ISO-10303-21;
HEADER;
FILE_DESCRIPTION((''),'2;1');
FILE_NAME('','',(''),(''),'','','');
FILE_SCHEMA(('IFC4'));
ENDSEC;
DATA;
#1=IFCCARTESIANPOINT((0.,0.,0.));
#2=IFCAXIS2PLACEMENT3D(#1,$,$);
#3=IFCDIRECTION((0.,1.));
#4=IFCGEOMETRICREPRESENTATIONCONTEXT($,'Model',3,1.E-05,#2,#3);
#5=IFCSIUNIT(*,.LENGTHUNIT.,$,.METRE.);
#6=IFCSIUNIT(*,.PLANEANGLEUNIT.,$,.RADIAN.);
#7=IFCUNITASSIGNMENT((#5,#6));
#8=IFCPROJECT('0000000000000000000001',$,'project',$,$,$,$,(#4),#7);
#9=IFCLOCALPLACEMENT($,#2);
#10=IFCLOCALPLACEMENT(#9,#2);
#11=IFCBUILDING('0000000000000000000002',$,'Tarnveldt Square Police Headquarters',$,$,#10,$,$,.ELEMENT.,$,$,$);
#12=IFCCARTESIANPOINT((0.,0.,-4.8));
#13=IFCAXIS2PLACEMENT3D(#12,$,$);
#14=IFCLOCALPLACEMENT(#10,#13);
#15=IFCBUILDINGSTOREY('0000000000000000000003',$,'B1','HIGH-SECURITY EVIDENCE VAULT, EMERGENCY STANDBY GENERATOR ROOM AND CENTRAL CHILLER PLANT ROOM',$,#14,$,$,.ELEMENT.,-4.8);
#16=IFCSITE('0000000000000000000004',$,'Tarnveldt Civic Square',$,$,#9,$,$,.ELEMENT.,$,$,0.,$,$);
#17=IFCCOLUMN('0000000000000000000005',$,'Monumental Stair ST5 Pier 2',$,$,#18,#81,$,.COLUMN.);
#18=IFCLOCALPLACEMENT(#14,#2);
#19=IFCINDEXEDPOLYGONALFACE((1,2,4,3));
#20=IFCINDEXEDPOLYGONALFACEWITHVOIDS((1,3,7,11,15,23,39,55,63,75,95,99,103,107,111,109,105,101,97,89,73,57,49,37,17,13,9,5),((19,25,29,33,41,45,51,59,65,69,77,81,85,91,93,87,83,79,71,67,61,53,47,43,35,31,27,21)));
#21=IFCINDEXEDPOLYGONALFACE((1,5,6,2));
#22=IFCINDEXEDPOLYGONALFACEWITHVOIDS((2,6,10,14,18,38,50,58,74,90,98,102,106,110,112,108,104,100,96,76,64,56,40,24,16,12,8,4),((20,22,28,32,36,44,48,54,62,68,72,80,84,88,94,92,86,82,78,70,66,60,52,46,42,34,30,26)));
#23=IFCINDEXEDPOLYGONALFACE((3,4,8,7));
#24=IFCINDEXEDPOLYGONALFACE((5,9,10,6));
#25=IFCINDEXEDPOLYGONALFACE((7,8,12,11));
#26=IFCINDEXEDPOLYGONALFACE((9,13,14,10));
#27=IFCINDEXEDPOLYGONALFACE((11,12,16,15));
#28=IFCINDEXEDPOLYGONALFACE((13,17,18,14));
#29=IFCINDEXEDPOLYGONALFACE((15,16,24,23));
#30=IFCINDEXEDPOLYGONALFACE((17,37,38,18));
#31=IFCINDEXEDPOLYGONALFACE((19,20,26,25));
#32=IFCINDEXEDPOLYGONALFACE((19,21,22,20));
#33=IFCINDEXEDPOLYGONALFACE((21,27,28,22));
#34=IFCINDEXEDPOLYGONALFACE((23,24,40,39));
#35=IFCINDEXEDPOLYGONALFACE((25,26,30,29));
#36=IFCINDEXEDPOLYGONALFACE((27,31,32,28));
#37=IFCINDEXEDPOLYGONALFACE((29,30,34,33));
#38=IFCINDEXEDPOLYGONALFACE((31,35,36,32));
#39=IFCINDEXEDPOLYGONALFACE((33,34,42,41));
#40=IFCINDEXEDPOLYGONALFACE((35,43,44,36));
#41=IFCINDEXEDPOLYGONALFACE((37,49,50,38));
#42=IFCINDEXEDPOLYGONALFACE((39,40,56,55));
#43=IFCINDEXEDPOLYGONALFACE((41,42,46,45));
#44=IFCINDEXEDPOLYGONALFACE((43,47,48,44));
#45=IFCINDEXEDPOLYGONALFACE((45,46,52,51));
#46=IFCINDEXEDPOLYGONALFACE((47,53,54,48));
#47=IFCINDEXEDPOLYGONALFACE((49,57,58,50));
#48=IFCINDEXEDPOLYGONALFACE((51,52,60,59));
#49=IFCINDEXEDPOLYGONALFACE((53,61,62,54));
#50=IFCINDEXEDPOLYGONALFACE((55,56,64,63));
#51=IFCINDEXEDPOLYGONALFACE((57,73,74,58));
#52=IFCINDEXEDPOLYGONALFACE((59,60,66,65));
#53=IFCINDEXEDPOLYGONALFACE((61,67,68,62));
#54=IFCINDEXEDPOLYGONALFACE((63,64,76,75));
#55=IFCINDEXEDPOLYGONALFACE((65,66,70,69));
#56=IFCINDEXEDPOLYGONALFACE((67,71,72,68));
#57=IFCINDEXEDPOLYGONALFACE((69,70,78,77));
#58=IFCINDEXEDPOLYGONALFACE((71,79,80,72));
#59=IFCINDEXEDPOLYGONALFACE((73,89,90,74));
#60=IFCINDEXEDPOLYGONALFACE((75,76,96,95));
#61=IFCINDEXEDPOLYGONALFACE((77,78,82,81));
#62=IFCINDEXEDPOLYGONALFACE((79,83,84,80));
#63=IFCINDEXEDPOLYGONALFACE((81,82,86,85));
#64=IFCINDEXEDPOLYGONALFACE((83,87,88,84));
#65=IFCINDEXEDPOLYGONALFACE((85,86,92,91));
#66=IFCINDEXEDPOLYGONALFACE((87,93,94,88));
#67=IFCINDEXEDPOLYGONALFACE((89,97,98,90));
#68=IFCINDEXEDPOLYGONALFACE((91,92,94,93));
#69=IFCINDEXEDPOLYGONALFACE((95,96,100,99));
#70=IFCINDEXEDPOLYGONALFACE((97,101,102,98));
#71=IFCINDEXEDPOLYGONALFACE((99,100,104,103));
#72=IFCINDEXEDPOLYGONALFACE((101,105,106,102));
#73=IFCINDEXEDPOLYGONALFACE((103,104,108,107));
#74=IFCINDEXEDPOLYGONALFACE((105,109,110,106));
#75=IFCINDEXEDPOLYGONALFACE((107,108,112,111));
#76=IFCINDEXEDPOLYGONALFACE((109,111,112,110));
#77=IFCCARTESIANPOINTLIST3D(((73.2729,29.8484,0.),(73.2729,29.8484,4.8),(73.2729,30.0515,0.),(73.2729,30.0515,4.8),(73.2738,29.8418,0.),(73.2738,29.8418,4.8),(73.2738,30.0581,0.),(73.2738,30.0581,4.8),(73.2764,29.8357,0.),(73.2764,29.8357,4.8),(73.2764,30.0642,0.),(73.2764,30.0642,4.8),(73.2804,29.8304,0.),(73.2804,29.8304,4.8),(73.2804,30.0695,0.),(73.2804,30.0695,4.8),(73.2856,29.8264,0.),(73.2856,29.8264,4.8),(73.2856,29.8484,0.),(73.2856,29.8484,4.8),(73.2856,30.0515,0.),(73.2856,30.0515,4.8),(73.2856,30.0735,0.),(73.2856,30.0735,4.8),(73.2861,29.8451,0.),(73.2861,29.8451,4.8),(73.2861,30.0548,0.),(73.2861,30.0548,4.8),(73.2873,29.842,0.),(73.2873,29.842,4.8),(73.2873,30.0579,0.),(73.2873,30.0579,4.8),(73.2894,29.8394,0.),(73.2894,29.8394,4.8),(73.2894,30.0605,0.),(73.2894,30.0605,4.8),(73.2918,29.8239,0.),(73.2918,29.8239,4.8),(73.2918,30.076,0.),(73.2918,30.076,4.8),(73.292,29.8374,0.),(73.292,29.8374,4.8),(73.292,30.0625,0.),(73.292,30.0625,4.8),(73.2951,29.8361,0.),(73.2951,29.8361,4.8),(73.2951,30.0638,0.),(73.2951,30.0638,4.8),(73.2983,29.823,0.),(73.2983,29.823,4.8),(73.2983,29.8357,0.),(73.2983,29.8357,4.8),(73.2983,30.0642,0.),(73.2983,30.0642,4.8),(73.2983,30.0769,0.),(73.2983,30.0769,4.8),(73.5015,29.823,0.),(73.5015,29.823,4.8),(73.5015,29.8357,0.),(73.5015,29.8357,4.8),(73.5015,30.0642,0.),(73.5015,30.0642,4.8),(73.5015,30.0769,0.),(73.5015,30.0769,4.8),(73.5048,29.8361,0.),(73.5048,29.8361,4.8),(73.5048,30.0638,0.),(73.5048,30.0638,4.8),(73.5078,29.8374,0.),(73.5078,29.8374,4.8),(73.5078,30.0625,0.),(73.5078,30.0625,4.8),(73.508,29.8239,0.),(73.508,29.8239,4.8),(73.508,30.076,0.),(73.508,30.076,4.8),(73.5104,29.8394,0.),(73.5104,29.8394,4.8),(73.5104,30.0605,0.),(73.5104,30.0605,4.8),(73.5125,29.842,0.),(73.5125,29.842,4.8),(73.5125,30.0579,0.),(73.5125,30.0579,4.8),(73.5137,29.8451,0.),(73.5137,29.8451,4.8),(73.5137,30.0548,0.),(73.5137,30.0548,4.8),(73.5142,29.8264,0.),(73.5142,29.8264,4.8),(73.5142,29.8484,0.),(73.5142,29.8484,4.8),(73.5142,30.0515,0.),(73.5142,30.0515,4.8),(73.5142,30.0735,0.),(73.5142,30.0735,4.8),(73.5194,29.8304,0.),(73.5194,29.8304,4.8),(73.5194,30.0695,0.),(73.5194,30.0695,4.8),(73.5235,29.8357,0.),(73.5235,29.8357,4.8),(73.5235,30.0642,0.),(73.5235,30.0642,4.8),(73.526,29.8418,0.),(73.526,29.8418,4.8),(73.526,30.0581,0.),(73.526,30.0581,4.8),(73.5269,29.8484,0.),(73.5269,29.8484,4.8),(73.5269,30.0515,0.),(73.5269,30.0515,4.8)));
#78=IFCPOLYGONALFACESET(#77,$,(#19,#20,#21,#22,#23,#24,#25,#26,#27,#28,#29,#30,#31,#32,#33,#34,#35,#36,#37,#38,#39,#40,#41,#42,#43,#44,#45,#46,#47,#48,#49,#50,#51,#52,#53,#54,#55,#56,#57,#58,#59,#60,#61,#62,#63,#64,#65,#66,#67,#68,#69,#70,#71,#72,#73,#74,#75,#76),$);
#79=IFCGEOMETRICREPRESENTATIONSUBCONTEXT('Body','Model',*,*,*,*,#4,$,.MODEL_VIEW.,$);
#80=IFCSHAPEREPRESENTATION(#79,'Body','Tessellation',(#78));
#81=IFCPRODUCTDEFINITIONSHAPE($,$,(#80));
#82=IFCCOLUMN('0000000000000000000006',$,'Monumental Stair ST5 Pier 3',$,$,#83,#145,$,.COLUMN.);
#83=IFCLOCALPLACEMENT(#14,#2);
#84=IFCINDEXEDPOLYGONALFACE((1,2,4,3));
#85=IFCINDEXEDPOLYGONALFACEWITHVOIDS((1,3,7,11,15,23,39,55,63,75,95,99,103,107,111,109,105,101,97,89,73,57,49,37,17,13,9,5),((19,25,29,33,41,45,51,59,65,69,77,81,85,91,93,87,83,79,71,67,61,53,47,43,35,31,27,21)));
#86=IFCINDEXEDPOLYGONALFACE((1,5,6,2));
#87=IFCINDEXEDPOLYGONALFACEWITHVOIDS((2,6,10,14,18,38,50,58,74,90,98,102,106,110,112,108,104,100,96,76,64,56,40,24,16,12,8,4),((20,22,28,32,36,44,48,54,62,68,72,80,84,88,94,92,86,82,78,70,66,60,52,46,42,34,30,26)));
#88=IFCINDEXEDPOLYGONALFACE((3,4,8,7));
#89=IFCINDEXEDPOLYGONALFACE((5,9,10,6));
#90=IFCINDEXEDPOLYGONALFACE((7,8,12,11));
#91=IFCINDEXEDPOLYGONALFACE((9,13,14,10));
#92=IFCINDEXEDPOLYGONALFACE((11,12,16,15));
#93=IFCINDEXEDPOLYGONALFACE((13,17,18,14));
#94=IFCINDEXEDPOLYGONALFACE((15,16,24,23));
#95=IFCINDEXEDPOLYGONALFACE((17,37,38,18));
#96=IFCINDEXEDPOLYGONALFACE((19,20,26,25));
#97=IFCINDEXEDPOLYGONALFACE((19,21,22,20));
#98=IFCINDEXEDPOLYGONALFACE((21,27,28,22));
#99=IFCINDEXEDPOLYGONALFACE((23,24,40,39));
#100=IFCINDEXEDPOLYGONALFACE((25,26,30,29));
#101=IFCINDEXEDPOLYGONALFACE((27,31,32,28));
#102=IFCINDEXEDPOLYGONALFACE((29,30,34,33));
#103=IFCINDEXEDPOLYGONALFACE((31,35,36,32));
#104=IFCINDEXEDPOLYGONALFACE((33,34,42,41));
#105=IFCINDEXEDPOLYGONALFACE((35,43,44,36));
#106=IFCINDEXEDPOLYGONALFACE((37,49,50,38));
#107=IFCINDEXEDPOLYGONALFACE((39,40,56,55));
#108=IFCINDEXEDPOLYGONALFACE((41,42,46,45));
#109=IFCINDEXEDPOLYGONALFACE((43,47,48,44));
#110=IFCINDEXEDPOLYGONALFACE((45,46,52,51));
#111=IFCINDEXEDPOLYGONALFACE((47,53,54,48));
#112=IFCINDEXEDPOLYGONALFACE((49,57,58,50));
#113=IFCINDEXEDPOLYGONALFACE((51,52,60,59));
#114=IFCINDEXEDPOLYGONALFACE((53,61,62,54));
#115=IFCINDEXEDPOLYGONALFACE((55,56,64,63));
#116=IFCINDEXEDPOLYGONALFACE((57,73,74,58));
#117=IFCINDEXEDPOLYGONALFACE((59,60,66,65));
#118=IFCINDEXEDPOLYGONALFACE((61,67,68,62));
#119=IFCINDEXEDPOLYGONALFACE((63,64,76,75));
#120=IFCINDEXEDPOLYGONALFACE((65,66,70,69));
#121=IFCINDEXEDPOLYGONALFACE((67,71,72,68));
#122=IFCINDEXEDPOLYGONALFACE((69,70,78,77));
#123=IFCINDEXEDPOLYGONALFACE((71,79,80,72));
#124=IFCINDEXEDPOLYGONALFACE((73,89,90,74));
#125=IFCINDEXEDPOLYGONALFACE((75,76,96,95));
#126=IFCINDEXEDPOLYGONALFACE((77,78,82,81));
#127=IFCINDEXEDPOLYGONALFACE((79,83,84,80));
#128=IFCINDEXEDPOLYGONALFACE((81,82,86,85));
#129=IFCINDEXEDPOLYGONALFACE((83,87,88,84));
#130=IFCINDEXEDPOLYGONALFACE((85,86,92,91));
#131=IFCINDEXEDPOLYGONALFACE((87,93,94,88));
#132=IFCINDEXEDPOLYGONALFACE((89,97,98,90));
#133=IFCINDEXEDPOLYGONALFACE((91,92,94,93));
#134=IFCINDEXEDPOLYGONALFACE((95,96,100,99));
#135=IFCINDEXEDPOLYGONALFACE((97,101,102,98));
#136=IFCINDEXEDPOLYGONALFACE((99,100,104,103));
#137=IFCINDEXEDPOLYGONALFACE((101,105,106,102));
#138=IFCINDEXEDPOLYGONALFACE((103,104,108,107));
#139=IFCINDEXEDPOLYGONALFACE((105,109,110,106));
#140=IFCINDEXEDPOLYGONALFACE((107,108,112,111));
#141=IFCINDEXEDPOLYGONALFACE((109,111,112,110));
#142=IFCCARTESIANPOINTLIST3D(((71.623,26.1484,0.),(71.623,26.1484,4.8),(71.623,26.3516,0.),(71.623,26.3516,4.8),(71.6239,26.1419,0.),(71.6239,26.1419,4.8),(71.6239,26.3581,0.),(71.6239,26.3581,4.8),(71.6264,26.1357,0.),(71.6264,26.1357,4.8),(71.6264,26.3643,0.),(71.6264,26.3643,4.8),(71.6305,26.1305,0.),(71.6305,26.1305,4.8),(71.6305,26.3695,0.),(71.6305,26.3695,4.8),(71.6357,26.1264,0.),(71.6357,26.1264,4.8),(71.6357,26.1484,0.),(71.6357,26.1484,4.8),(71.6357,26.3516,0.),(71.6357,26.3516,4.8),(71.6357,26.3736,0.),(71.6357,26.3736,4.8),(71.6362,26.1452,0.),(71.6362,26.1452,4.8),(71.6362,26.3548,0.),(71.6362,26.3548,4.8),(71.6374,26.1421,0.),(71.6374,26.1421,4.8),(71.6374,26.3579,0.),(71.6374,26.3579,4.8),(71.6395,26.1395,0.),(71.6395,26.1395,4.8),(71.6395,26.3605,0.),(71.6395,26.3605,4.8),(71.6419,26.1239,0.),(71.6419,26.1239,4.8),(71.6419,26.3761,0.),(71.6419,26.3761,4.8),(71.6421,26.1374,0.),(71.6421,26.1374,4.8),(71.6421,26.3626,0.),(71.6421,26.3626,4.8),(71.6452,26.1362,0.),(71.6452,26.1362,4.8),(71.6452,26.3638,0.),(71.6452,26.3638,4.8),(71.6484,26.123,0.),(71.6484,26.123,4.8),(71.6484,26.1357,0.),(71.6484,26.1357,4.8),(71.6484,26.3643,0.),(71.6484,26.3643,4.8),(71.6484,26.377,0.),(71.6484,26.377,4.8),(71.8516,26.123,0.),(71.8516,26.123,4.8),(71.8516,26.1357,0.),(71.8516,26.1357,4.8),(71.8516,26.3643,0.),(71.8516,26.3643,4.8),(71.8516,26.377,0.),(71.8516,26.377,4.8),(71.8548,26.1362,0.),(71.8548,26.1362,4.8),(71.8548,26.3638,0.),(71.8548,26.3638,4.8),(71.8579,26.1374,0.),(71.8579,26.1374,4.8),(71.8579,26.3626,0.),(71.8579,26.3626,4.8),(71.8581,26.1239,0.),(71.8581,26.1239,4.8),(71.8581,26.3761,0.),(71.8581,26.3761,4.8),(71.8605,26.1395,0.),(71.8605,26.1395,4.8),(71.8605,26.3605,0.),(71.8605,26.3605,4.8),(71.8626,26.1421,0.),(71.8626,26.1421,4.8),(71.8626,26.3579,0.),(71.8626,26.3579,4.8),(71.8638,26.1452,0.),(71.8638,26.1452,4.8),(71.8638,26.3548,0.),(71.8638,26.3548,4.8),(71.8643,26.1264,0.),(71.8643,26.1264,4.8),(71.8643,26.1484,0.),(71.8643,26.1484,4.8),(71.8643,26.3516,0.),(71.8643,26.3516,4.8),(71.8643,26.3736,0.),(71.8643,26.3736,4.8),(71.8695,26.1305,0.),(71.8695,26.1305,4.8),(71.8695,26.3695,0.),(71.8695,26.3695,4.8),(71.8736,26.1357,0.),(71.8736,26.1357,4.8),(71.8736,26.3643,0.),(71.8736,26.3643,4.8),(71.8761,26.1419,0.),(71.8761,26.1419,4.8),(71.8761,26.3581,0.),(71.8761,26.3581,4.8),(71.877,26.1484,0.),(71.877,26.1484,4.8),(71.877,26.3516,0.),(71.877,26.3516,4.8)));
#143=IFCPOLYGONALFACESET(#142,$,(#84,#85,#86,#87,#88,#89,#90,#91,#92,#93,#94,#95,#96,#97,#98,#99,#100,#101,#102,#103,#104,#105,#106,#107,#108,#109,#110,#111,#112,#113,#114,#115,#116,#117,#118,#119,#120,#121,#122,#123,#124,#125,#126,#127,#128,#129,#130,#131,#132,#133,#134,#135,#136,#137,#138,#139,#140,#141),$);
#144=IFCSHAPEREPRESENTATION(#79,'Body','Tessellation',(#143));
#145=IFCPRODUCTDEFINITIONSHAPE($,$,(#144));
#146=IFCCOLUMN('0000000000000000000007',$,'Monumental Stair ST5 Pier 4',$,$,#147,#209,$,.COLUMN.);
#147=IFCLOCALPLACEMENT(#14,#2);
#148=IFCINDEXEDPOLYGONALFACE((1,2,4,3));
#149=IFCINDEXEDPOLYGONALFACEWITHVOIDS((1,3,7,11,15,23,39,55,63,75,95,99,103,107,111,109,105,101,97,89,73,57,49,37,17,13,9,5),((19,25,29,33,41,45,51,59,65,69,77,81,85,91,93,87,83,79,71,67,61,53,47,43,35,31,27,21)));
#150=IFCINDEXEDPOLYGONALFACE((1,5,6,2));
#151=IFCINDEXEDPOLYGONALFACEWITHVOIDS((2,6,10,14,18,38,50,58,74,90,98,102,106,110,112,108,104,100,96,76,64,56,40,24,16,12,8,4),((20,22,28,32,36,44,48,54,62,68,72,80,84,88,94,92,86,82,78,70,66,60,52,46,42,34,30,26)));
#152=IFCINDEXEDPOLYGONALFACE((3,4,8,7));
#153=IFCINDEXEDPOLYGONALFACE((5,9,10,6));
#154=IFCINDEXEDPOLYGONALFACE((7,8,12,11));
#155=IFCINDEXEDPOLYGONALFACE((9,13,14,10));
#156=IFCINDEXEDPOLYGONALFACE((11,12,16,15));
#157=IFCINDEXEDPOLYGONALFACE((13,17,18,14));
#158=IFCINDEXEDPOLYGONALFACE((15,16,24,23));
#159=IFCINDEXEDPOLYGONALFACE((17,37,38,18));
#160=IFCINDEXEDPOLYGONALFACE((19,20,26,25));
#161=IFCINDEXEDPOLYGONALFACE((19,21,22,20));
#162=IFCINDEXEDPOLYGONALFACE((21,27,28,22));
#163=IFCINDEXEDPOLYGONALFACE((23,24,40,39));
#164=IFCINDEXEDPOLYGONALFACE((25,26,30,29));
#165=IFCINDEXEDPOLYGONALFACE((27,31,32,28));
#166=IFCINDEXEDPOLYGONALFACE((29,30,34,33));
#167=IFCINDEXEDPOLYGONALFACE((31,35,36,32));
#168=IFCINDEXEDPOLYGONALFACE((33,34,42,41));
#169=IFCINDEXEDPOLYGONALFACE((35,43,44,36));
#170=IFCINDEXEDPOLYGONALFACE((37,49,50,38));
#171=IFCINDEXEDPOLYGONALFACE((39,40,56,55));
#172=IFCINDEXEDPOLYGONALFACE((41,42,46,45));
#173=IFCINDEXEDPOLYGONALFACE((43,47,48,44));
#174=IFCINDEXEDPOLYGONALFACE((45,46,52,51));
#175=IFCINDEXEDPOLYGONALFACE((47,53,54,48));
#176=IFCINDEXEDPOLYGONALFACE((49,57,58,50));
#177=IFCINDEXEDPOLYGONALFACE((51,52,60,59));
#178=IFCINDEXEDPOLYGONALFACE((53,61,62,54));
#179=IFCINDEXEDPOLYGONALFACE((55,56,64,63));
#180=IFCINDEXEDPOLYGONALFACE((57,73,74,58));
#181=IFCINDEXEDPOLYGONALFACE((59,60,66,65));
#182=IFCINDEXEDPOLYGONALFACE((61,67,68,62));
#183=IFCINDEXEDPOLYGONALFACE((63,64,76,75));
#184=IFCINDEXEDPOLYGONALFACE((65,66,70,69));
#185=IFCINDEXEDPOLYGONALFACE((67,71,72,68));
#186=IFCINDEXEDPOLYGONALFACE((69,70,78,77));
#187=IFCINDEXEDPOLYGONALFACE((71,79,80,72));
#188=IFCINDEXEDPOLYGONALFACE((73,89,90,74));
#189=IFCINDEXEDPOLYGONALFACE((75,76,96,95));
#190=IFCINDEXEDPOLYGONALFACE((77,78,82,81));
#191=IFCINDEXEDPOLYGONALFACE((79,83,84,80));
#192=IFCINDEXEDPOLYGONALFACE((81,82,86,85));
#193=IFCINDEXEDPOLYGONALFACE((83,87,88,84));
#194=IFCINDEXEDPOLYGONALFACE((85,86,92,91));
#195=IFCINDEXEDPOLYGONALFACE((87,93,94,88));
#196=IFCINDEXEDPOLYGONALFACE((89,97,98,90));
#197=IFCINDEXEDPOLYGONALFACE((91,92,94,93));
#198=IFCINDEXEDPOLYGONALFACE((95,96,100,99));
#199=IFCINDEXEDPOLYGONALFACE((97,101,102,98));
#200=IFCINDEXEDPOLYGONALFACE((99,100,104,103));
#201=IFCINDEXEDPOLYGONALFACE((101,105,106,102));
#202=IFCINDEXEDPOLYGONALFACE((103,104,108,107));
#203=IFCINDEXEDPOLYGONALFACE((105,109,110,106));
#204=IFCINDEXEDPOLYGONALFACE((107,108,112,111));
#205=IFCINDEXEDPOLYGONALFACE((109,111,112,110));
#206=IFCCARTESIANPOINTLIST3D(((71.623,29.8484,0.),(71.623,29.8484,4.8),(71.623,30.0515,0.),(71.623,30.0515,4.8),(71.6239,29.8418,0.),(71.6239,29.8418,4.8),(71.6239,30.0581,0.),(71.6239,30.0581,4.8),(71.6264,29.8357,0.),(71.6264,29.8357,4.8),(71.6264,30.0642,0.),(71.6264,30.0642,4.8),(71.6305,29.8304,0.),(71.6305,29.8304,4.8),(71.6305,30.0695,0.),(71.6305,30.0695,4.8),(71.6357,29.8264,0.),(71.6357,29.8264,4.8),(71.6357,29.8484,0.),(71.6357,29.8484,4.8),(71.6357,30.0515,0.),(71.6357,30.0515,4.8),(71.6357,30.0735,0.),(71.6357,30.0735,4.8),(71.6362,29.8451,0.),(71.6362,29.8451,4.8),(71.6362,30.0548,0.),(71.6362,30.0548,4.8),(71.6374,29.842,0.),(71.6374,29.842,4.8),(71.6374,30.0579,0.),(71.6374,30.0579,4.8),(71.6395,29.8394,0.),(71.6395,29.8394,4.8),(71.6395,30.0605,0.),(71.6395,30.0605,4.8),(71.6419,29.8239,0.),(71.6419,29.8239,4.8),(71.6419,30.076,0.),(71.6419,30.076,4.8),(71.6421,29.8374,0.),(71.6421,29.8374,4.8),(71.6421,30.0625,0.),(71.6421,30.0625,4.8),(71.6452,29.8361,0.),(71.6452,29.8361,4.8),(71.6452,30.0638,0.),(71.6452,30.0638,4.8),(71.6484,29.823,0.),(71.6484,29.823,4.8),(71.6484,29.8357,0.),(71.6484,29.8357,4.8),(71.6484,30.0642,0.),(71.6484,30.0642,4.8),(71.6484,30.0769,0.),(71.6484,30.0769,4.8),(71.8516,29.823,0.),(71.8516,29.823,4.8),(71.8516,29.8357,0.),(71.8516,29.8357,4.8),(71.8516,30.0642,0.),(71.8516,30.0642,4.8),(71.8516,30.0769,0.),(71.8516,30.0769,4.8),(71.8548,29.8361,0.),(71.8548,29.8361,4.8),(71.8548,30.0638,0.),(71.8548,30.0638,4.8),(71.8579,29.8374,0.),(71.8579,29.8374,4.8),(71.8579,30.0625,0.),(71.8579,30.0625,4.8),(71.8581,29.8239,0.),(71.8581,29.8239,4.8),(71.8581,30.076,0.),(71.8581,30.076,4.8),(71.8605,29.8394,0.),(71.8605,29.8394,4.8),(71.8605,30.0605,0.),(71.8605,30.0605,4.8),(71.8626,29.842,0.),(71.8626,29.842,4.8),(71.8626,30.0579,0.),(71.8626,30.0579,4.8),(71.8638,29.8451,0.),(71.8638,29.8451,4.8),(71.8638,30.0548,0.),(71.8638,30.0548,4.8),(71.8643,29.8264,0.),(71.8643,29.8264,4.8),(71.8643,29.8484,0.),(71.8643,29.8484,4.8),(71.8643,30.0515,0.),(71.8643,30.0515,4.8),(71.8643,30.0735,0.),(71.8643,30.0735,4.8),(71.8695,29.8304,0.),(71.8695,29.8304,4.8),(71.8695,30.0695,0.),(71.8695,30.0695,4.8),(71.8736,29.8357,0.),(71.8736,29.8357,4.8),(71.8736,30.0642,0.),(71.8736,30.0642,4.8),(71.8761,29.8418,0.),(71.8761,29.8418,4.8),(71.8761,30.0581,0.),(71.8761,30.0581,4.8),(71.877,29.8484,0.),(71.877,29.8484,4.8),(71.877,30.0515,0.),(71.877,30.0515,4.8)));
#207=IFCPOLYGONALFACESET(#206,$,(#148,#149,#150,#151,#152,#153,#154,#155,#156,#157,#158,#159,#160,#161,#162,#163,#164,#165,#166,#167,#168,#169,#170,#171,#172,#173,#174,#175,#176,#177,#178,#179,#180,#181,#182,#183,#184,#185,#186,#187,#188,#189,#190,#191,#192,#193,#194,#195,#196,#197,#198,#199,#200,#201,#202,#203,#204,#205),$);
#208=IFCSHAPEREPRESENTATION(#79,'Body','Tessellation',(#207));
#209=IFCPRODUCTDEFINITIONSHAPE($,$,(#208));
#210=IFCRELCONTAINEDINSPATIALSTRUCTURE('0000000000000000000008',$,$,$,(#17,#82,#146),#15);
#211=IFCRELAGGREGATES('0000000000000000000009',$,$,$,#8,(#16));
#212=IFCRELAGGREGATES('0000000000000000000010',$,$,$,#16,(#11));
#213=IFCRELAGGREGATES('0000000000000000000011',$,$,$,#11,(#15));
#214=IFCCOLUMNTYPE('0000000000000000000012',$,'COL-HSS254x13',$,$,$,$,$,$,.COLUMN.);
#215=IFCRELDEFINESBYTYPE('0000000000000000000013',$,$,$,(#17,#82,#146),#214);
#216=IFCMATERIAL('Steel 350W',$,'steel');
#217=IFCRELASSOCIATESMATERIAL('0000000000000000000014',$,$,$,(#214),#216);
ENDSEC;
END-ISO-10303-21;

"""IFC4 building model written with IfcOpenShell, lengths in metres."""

from ifc_helpers import new_model, si_unit, direction, frame, origin, origin_2d, place, context, subcontext, project, spatial, hollow_rectangle, extrude, material, material_profile, profile_set, type_object, element, save


model = new_model("IFC4")

# Units and contexts
model_context = context("Model", 3, precision=1e-05, world=origin(), true_north=direction((0.0, 1.0)))
body_context = subcontext(model_context, "Body", "Model", "MODEL_VIEW")
ifc_project = project(units=[si_unit("LENGTHUNIT", "METRE"), si_unit("PLANEANGLEUNIT", "RADIAN")], contexts=[model_context])

# Site, building, storey
site_placement = place(None, origin())
site = spatial("IfcSite", under=ifc_project, at=site_placement, Name="Tarnveldt Civic Square", CompositionType="ELEMENT", RefElevation=0.0)
building_placement = place(site_placement, origin())
building = spatial("IfcBuilding", under=site, at=building_placement, Name="Tarnveldt Square Police Headquarters", CompositionType="ELEMENT")
storey_placement = place(building_placement, frame((0.0, 0.0, -4.8)))
storey = spatial("IfcBuildingStorey", under=building, at=storey_placement, Name="B1", Description="HIGH-SECURITY EVIDENCE VAULT, EMERGENCY STANDBY GENERATOR ROOM AND CENTRAL CHILLER PLANT ROOM", CompositionType="ELEMENT", Elevation=-4.8)

# Columns
ifc_material_1 = material(Name="Steel 350W", Category="steel")
ifc_material_profile_1 = material_profile(ifc_material_1, hollow_rectangle(XDim=0.2539, YDim=0.2539, WallThickness=0.0127, InnerFilletRadius=0.0127, OuterFilletRadius=0.0254, at=origin_2d()), Name="HSS254x254x13")
ifc_profile_set_1 = profile_set([ifc_material_profile_1], Name="Steel 350W")
column_type_1 = type_object("IfcColumnType", Name="COL-HSS254x13", PredefinedType="COLUMN", material=ifc_profile_set_1)
for number, where, z_axis, x_axis, name in (
    (1, (73.3999, 29.95, 0.0), (0.0, 0.0, 1.0), (1.0, 0.0, 0.0), "Monumental Stair ST5 Pier 2"),
    (2, (71.75, 26.25, 0.0), (0.0, 0.0, 1.0), (1.0, 0.0, 0.0), "Monumental Stair ST5 Pier 3"),
    (3, (71.75, 29.95, 0.0), (0.0, 0.0, 1.0), (1.0, 0.0, 0.0), "Monumental Stair ST5 Pier 4"),
):
    element("IfcColumn", number, at=place(storey_placement, frame(where, z_axis=z_axis, x_axis=x_axis)), inside=storey, type_object=column_type_1, Name=name, PredefinedType="COLUMN", context=body_context, shape_type="SweptSolid", body=[
        extrude(hollow_rectangle(XDim=0.2539, YDim=0.2539, WallThickness=0.0127, InnerFilletRadius=0.0127, OuterFilletRadius=0.0254, at=origin_2d()), origin(), (0.0, 0.0, 1.0), 4.8),
    ])

save(model, "model.ifc")
